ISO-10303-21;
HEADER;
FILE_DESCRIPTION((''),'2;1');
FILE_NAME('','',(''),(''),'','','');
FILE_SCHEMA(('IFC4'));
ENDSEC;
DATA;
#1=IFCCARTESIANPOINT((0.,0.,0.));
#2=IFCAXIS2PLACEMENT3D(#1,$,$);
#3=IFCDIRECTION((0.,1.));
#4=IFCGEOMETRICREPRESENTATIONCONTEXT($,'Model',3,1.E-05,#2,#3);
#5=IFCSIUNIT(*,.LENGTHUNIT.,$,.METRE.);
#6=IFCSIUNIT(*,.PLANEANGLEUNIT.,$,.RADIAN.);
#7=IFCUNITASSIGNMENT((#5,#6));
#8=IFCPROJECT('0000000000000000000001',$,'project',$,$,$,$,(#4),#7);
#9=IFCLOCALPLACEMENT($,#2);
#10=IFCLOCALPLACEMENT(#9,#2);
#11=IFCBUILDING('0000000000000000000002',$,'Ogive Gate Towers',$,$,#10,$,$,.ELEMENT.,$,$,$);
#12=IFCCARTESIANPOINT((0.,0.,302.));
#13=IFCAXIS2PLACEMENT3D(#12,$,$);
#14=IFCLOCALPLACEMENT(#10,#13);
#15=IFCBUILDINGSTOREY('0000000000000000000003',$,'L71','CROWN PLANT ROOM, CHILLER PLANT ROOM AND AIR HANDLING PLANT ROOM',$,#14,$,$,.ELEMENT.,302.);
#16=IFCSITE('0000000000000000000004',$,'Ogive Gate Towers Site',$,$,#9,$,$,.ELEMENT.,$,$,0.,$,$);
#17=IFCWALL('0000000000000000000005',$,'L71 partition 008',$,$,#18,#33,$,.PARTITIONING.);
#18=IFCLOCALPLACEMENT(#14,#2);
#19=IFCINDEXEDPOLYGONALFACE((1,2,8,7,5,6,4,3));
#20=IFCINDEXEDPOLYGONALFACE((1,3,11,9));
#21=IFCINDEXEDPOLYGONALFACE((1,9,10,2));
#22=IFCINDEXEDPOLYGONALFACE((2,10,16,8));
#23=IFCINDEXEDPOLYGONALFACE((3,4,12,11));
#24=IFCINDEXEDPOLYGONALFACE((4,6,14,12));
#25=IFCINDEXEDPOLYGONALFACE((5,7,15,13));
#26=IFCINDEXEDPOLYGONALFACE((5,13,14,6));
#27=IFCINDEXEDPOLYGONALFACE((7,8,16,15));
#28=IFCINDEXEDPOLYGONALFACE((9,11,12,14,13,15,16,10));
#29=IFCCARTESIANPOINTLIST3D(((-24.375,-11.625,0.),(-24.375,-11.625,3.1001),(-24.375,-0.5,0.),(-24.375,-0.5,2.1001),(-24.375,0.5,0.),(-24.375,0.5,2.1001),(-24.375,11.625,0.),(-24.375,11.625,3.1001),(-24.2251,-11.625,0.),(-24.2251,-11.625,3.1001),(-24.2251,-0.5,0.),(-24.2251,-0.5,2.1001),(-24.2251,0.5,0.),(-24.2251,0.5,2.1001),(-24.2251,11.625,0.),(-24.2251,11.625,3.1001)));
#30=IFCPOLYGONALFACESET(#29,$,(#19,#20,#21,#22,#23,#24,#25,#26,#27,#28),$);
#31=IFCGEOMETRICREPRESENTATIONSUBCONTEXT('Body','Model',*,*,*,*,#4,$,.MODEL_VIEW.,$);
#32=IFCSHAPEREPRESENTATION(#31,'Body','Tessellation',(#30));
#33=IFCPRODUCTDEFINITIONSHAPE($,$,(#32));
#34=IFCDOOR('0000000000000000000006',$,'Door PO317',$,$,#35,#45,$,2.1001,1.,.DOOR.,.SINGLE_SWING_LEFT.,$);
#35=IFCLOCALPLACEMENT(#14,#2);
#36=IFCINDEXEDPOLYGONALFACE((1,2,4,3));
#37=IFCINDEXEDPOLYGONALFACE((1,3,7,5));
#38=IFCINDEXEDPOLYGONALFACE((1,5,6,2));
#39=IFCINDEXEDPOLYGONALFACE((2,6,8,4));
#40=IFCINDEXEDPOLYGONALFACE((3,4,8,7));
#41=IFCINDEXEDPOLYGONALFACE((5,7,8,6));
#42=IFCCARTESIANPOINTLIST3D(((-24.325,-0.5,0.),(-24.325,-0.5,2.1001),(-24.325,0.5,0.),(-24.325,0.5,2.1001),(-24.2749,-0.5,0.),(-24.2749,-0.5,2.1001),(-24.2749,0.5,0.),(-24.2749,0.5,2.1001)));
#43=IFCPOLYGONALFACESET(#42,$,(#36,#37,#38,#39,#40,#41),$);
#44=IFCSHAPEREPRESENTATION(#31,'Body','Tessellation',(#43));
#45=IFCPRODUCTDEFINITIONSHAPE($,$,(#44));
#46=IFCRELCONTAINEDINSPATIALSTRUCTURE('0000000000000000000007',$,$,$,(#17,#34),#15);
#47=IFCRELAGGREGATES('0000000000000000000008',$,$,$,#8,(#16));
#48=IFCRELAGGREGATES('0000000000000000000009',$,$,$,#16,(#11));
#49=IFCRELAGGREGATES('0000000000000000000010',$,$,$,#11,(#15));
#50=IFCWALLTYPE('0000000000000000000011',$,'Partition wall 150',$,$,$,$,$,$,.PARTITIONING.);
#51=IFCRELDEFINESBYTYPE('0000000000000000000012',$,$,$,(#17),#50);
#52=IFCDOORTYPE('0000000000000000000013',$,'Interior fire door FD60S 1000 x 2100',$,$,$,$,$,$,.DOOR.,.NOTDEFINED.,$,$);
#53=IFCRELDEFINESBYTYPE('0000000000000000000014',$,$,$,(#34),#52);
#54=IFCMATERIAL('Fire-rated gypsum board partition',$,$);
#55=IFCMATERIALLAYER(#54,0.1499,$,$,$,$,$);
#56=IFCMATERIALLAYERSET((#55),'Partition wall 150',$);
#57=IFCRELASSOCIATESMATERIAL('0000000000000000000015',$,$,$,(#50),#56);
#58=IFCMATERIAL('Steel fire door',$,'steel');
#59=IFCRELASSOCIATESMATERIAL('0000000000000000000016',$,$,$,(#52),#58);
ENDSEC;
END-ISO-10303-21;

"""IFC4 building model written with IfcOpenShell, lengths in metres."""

from ifc_helpers import new_model, si_unit, direction, frame, frame_2d, origin, place, context, subcontext, project, spatial, rectangle, extrude, material, layer, layer_set, type_object, element, fill, save


model = new_model("IFC4")

# Units and contexts
model_context = context("Model", 3, precision=1e-05, world=origin(), true_north=direction((0.0, 1.0)))
body_context = subcontext(model_context, "Body", "Model", "MODEL_VIEW")
ifc_project = project(units=[si_unit("LENGTHUNIT", "METRE"), si_unit("PLANEANGLEUNIT", "RADIAN")], contexts=[model_context])

# Site, building, storey
site_placement = place(None, origin())
site = spatial("IfcSite", under=ifc_project, at=site_placement, Name="Ogive Gate Towers Site", CompositionType="ELEMENT", RefElevation=0.0)
building_placement = place(site_placement, origin())
building = spatial("IfcBuilding", under=site, at=building_placement, Name="Ogive Gate Towers", CompositionType="ELEMENT")
storey_placement = place(building_placement, frame((0.0, 0.0, 302.0)))
storey = spatial("IfcBuildingStorey", under=building, at=storey_placement, Name="L71", Description="CROWN PLANT ROOM, CHILLER PLANT ROOM AND AIR HANDLING PLANT ROOM", CompositionType="ELEMENT", Elevation=302.0)

# Shared definitions
ifc_material_1 = material(Name="Fire-rated gypsum board partition")
ifc_layer_1 = layer(ifc_material_1, 0.1499)
ifc_layer_set_1 = layer_set([ifc_layer_1], Name="Partition wall 150")
wall_type = type_object("IfcWallType", Name="Partition wall 150", PredefinedType="PARTITIONING", material=ifc_layer_set_1)

# Wall, opening, door
wall_1_placement = place(storey_placement, frame((-24.3, -11.625, 0.0), z_axis=(0.0, 0.0, 1.0), x_axis=(0.0, 1.0, 0.0)))
wall_1 = element("IfcWall", 1, at=wall_1_placement, inside=storey, type_object=wall_type, Name="L71 partition 008", PredefinedType="PARTITIONING", context=body_context, shape_type="SweptSolid", body=[
    extrude(rectangle(XDim=23.25, YDim=0.1499, at=frame_2d((11.625, 0.0))), origin(), (0.0, 0.0, 1.0), 3.1001),
])
opening_placement = place(wall_1_placement, frame((11.125, 0.0, 0.0)))
opening = element("IfcOpeningElement", 2, at=opening_placement, cuts=wall_1, PredefinedType="OPENING", context=body_context, shape_type="SweptSolid", body=[
    extrude(rectangle(XDim=1.0, YDim=2.1001, at=frame_2d((0.5, 1.05))), frame((0.0, 0.085, 0.0), z_axis=(0.0, -1.0, 0.0), x_axis=(1.0, 0.0, 0.0)), (0.0, 0.0, 1.0), 0.1699),
])
ifc_material_2 = material(Name="Steel fire door", Category="steel")
door_type = type_object("IfcDoorType", Name="Interior fire door FD60S 1000 x 2100", OperationType="NOTDEFINED", PredefinedType="DOOR", material=ifc_material_2)
door_placement = place(opening_placement, origin())
door = element("IfcDoor", 3, at=door_placement, inside=storey, type_object=door_type, Name="Door PO317", OperationType="SINGLE_SWING_LEFT", OverallHeight=2.1001, OverallWidth=1.0, PredefinedType="DOOR", context=body_context, shape_type="SweptSolid", body=[
    extrude(rectangle(XDim=1.0, YDim=2.1001, at=frame_2d((0.5, 1.05))), frame((0.0, 0.0249, 0.0), z_axis=(0.0, -1.0, 0.0), x_axis=(1.0, 0.0, 0.0)), (0.0, 0.0, 1.0), 0.05),
])
fill(opening, door)

save(model, "model.ifc")
